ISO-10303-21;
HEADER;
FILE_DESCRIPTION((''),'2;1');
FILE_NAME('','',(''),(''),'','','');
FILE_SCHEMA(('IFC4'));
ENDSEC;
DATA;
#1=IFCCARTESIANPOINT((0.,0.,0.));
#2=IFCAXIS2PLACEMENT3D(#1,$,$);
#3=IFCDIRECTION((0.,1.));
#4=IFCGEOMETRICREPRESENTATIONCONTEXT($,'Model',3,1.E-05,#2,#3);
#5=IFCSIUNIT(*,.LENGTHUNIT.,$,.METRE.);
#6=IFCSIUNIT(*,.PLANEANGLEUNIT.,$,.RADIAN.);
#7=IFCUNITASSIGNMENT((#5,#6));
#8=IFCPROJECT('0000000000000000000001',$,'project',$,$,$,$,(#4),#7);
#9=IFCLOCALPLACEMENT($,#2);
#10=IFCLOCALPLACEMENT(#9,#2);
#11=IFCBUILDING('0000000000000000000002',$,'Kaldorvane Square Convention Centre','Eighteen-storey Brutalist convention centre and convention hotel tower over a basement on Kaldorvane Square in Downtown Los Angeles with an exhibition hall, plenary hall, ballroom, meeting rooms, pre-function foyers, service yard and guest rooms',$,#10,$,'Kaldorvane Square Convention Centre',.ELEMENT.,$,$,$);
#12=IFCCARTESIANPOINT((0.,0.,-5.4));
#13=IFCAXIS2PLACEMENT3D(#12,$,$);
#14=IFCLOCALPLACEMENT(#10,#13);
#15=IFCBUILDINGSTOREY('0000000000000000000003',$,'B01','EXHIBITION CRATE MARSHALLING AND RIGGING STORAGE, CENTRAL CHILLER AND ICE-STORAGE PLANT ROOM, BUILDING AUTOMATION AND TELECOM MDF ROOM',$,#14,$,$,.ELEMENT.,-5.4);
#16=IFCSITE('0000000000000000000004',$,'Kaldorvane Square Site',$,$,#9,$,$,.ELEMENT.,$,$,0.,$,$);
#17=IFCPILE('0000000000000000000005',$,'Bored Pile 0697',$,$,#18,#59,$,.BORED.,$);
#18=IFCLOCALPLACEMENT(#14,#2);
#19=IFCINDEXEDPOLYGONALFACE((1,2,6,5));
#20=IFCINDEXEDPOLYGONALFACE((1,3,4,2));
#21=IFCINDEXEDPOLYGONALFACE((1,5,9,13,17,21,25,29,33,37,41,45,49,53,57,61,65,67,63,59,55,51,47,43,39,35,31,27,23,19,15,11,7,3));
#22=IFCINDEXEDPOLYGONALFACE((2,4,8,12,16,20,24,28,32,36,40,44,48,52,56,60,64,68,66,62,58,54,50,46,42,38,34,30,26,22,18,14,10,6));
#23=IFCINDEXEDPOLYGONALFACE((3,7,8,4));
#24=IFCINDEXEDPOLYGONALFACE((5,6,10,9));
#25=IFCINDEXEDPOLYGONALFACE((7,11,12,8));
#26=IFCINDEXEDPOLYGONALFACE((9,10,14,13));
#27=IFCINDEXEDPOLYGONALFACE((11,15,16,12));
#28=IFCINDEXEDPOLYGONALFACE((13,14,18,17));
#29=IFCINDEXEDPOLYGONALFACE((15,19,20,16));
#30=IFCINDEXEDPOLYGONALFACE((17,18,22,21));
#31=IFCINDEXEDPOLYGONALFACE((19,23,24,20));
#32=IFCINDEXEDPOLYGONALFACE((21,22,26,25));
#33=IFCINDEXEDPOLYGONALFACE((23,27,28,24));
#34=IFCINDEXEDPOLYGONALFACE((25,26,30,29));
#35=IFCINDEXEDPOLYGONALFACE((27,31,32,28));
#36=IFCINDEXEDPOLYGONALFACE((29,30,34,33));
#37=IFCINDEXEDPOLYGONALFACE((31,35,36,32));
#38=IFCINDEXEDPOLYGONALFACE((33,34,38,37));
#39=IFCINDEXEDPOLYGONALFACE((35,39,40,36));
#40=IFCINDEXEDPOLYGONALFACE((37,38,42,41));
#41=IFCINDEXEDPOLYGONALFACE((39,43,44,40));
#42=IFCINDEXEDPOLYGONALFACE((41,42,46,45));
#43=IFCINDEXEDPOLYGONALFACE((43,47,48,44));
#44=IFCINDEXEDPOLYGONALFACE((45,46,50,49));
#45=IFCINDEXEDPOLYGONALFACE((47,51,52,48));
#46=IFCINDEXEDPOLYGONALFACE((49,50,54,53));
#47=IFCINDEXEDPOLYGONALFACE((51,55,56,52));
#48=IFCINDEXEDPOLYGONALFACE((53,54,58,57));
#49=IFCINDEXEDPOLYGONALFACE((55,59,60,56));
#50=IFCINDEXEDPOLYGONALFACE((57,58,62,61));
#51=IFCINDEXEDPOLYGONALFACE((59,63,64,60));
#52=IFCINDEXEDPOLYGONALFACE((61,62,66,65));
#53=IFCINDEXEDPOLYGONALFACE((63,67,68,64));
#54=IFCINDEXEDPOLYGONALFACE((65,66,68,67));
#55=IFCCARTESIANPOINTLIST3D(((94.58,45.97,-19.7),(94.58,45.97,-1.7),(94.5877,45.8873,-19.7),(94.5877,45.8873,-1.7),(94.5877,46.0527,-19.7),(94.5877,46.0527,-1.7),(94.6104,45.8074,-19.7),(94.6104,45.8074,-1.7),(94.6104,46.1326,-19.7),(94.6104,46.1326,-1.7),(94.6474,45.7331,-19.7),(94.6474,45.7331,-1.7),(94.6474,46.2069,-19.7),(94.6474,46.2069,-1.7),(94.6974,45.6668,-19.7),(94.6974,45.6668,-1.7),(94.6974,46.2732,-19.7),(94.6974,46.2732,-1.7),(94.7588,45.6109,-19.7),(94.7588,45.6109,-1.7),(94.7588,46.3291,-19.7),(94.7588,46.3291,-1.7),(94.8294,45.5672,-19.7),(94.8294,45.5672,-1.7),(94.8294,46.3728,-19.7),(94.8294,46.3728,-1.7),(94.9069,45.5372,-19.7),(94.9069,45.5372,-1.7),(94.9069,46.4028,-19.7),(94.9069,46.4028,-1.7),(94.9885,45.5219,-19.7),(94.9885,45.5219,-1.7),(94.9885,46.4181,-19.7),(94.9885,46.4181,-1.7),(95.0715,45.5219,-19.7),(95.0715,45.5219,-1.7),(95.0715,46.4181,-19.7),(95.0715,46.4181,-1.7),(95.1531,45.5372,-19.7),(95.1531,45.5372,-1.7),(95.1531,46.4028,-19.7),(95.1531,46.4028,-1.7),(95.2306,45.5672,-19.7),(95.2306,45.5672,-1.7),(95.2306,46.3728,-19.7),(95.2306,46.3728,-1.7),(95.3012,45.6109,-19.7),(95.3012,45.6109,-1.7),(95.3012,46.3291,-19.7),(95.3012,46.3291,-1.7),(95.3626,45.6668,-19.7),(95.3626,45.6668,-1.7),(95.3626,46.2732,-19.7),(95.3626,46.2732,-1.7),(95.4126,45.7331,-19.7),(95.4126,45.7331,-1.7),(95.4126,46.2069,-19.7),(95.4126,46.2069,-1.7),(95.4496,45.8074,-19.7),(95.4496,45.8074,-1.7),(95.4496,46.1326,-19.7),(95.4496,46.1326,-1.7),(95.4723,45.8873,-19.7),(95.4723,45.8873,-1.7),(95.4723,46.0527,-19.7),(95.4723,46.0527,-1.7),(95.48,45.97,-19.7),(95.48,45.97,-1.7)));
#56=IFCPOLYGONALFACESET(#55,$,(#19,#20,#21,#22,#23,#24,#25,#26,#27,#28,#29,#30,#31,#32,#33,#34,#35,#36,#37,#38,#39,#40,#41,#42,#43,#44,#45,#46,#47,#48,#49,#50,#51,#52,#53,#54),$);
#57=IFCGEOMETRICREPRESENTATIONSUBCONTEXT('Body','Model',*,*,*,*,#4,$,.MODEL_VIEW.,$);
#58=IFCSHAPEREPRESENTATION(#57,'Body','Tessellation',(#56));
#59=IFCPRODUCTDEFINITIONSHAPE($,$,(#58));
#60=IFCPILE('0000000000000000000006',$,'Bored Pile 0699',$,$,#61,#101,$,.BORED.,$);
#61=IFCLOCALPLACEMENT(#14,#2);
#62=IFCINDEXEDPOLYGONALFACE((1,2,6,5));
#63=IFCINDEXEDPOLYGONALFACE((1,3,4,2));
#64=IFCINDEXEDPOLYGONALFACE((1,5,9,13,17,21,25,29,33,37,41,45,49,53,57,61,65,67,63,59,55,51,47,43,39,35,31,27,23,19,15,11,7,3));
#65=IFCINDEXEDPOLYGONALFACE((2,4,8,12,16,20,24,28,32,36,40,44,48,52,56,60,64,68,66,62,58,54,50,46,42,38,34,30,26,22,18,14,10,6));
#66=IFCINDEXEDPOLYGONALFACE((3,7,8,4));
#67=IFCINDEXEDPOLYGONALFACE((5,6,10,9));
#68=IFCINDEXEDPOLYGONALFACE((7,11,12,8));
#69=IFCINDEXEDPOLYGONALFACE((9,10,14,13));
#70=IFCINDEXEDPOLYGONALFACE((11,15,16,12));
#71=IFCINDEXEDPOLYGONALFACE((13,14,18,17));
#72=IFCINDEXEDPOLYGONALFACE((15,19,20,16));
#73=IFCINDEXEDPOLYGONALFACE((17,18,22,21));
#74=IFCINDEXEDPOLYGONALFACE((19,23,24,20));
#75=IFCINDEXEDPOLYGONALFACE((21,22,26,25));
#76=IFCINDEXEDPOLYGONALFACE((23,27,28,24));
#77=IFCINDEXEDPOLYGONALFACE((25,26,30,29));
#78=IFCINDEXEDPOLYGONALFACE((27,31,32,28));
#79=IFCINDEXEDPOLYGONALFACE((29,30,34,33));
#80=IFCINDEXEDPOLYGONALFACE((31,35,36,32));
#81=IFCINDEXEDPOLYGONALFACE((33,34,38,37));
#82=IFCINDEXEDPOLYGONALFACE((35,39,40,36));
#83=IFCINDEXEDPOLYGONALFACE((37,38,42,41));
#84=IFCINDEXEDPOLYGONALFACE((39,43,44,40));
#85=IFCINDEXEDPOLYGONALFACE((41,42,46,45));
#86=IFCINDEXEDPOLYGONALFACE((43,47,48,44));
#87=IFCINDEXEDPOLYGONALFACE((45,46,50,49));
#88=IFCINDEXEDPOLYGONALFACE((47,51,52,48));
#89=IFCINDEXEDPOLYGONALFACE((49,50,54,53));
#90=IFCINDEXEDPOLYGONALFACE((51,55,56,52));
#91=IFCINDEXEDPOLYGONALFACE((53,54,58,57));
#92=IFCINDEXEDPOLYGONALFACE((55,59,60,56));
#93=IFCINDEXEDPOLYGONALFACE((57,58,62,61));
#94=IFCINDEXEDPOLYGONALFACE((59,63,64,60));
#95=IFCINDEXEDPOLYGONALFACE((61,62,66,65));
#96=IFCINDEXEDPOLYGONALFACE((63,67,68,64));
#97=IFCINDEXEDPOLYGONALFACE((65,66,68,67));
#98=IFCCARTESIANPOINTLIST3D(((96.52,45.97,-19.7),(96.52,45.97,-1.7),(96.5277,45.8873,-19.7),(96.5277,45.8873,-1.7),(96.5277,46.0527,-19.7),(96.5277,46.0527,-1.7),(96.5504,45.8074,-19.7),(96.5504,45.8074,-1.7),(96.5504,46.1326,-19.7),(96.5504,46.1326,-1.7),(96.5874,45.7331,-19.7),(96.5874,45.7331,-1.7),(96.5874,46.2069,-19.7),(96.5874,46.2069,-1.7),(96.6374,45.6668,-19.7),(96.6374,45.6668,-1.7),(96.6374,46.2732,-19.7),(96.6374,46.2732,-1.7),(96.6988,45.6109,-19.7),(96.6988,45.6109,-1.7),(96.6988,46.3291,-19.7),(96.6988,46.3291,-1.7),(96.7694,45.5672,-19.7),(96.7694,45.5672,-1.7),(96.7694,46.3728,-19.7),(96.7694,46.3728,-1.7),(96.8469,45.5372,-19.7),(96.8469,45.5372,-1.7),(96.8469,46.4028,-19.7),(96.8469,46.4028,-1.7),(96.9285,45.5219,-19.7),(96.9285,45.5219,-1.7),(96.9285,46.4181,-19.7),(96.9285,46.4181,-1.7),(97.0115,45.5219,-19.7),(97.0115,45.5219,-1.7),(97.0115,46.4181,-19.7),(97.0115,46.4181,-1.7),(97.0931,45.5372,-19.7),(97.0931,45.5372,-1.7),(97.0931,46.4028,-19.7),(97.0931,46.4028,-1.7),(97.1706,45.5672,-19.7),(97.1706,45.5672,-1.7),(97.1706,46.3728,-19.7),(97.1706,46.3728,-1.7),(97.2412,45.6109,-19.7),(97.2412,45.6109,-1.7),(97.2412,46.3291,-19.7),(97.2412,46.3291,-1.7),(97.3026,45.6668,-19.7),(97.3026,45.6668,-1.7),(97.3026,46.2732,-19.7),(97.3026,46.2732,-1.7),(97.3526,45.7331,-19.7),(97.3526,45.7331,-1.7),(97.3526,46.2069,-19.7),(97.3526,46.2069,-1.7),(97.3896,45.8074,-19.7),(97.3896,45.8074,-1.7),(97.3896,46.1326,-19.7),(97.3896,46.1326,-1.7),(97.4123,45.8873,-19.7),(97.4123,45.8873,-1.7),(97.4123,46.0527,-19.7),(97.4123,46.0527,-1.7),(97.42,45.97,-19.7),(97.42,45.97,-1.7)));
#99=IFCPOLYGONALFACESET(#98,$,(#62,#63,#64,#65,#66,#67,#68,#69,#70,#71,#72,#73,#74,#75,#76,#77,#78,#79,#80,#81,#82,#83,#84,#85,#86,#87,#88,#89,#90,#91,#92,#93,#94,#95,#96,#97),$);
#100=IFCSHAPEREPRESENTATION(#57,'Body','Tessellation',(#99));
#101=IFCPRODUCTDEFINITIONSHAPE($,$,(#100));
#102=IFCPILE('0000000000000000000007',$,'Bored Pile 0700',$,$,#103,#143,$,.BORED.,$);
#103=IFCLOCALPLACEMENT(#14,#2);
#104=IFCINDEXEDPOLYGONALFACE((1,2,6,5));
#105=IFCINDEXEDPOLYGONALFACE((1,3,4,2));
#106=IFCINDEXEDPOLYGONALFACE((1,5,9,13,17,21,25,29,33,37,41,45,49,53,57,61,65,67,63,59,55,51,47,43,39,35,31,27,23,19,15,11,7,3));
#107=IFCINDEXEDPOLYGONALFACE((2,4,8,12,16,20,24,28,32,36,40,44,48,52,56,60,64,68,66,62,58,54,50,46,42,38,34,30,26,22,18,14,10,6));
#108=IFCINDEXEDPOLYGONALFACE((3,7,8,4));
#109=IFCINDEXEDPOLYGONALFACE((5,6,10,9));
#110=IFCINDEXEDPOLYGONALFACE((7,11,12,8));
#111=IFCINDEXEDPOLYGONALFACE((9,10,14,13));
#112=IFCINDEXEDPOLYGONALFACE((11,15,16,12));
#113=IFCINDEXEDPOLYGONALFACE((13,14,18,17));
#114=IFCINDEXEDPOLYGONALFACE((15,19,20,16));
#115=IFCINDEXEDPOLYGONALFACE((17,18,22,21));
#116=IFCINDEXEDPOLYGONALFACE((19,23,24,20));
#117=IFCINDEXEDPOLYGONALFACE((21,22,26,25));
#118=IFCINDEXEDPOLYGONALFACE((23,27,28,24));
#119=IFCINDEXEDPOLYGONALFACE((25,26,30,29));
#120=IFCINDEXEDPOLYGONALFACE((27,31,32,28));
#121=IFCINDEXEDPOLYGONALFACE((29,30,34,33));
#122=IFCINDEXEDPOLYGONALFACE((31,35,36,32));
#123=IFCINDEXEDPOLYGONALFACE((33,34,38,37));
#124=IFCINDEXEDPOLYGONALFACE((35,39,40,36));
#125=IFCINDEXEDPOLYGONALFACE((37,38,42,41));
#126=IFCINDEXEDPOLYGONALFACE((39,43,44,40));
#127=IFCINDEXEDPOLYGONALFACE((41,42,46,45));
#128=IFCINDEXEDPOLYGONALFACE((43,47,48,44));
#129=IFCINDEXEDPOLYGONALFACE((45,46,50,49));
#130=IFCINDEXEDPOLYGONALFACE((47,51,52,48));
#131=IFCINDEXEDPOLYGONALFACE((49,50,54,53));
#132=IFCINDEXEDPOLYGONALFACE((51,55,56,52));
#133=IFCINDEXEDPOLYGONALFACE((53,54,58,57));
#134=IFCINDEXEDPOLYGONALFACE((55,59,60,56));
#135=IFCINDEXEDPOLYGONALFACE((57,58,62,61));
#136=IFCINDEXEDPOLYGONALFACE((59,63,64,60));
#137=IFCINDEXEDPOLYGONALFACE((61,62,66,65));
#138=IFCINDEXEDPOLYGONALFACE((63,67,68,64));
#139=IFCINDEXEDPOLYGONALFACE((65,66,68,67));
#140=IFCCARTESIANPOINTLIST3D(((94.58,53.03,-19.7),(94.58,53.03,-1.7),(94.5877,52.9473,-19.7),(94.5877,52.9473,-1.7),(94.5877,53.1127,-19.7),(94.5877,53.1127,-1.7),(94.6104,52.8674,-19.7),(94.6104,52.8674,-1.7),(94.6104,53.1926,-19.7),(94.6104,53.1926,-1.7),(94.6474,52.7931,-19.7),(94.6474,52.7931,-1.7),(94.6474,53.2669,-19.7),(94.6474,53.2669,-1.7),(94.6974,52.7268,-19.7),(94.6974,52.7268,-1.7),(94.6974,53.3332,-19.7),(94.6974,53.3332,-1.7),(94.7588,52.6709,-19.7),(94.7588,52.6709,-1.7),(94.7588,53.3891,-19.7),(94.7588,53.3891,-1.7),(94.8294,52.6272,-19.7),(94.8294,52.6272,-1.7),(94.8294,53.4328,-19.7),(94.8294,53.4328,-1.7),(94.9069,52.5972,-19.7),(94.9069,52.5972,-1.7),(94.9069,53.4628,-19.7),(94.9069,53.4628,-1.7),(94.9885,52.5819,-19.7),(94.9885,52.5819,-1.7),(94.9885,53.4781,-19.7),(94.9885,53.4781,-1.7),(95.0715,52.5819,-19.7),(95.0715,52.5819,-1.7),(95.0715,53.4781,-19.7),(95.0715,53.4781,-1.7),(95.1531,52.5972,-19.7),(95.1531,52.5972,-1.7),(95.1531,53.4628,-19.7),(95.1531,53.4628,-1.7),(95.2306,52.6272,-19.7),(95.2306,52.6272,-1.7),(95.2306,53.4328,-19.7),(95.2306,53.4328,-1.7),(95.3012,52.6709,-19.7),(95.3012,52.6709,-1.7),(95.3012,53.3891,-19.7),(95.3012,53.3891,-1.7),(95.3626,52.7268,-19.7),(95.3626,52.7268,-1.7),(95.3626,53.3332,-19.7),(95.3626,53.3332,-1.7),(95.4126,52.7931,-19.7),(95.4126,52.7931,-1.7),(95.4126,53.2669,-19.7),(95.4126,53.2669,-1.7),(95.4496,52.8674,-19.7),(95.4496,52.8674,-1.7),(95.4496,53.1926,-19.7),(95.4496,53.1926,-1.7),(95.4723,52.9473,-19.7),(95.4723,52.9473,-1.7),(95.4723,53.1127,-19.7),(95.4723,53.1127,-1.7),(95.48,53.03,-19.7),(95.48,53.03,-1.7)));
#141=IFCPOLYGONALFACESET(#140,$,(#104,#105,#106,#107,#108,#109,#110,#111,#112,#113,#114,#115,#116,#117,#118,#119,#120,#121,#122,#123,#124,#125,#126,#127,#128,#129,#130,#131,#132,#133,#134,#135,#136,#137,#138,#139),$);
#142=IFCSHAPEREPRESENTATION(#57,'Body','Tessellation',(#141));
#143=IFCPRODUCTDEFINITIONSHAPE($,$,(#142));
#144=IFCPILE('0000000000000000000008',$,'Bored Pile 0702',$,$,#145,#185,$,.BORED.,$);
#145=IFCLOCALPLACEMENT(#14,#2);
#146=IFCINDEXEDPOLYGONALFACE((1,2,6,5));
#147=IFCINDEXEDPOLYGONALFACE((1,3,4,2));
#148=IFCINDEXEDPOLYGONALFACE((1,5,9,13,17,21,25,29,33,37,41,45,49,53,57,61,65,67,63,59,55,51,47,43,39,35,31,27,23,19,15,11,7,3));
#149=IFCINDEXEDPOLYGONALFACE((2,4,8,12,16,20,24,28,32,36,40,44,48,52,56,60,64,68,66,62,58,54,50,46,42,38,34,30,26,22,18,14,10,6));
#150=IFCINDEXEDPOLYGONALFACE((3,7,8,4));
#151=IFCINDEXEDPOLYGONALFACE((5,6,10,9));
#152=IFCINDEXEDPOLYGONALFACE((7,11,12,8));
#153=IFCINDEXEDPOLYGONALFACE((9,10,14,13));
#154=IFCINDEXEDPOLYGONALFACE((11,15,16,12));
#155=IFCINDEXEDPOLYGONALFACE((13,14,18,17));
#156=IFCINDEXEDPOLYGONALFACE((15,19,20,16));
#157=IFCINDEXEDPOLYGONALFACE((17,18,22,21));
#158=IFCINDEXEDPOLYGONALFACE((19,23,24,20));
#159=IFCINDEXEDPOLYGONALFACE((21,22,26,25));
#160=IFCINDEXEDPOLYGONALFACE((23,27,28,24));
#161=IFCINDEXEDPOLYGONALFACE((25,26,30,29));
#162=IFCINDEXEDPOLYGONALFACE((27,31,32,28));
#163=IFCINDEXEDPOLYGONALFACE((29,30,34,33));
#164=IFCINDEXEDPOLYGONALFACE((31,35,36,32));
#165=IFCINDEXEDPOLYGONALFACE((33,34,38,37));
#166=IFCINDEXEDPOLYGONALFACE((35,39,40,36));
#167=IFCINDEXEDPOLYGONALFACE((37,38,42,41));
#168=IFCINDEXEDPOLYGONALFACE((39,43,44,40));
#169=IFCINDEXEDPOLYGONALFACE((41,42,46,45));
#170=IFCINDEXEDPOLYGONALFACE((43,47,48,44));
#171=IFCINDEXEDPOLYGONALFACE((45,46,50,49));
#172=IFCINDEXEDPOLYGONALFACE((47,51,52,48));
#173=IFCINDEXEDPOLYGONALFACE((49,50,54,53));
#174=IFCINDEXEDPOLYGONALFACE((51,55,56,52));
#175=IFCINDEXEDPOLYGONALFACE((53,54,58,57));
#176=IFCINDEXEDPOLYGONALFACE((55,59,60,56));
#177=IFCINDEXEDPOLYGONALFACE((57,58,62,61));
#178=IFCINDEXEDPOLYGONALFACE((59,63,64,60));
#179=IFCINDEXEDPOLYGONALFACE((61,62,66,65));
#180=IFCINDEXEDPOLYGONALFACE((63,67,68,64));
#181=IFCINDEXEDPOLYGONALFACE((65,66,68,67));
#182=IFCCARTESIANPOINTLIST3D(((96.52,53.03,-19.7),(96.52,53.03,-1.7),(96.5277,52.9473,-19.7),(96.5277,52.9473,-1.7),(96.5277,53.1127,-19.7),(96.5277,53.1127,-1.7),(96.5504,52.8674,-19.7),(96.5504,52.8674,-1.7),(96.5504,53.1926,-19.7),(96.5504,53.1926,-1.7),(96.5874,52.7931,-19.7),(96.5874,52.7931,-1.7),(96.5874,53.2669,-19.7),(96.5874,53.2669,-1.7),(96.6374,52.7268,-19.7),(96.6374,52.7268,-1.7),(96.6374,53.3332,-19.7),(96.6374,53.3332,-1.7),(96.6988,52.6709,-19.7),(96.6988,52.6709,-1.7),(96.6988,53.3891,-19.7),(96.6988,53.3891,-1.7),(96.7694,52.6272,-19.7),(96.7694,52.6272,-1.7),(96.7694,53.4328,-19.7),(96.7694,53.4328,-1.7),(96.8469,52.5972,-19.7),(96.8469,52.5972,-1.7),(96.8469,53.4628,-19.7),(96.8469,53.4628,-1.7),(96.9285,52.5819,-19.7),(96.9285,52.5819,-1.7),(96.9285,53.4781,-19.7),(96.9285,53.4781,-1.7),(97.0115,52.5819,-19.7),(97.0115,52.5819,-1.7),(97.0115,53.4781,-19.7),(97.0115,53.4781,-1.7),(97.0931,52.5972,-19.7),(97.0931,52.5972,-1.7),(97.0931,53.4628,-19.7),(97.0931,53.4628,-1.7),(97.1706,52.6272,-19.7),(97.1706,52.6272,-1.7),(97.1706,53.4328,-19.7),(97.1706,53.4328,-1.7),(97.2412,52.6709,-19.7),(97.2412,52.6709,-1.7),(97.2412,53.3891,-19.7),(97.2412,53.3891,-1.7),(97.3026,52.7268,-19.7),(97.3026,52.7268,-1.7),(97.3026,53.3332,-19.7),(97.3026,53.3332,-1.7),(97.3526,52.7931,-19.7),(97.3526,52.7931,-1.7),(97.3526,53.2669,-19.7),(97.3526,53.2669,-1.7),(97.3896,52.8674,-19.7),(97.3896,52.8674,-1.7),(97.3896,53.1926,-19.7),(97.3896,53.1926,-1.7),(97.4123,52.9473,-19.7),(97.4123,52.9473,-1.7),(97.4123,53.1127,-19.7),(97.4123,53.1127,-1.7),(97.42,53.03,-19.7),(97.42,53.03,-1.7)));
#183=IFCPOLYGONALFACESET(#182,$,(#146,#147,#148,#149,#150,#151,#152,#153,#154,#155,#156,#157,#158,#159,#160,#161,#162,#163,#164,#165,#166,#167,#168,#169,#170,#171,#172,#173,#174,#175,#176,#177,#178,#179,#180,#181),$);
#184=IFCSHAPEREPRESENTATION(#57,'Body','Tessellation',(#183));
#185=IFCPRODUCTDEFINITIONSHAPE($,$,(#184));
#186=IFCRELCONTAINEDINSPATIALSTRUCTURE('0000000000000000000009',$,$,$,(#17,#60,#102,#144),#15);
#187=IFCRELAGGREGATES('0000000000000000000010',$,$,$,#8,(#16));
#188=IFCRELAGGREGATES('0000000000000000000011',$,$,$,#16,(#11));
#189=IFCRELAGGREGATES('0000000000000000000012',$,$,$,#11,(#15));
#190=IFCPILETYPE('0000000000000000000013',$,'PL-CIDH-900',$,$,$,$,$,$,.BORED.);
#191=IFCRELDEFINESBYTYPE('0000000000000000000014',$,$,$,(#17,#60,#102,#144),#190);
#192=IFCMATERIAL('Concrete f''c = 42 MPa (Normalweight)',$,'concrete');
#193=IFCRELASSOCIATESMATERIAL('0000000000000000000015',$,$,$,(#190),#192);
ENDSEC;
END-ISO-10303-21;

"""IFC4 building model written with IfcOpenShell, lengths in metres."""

from ifc_helpers import new_model, si_unit, direction, frame, origin, origin_2d, place, context, subcontext, project, spatial, circle, extrude, material, material_profile, profile_set, type_object, element, save


model = new_model("IFC4")

# Units and contexts
model_context = context("Model", 3, precision=1e-05, world=origin(), true_north=direction((0.0, 1.0)))
body_context = subcontext(model_context, "Body", "Model", "MODEL_VIEW")
ifc_project = project(units=[si_unit("LENGTHUNIT", "METRE"), si_unit("PLANEANGLEUNIT", "RADIAN")], contexts=[model_context])

# Site, building, storey
site_placement = place(None, origin())
site = spatial("IfcSite", under=ifc_project, at=site_placement, Name="Kaldorvane Square Site", CompositionType="ELEMENT", RefElevation=0.0)
building_placement = place(site_placement, origin())
building = spatial("IfcBuilding", under=site, at=building_placement, Name="Kaldorvane Square Convention Centre", Description="Eighteen-storey Brutalist convention centre and convention hotel tower over a basement on Kaldorvane Square in Downtown Los Angeles with an exhibition hall, plenary hall, ballroom, meeting rooms, pre-function foyers, service yard and guest rooms", LongName="Kaldorvane Square Convention Centre", CompositionType="ELEMENT")
storey_placement = place(building_placement, frame((0.0, 0.0, -5.4)))
storey = spatial("IfcBuildingStorey", under=building, at=storey_placement, Name="B01", Description="EXHIBITION CRATE MARSHALLING AND RIGGING STORAGE, CENTRAL CHILLER AND ICE-STORAGE PLANT ROOM, BUILDING AUTOMATION AND TELECOM MDF ROOM", CompositionType="ELEMENT", Elevation=-5.4)

# Shared definitions
ifc_material_1 = material(Name="Concrete f'c = 42 MPa (Normalweight)", Category="concrete")

# Piles
ifc_material_profile_1 = material_profile(ifc_material_1, circle(Radius=0.45, at=origin_2d()), Name="PILE-D900")
ifc_profile_set_1 = profile_set([ifc_material_profile_1], Name="Concrete f'c = 42 MPa (Normalweight)")
pile_type = type_object("IfcPileType", Name="PL-CIDH-900", PredefinedType="BORED", material=ifc_profile_set_1)
for number, where, z_axis, x_axis, name in (
    (1, (95.03, 45.97, -1.7), (0.0, 0.0, -1.0), (1.0, 0.0, 0.0), "Bored Pile 0697"),
    (2, (96.97, 45.97, -1.7), (0.0, 0.0, -1.0), (1.0, 0.0, 0.0), "Bored Pile 0699"),
    (3, (95.03, 53.03, -1.7), (0.0, 0.0, -1.0), (1.0, 0.0, 0.0), "Bored Pile 0700"),
    (4, (96.97, 53.03, -1.7), (0.0, 0.0, -1.0), (1.0, 0.0, 0.0), "Bored Pile 0702"),
):
    element("IfcPile", number, at=place(storey_placement, frame(where, z_axis=z_axis, x_axis=x_axis)), inside=storey, type_object=pile_type, Name=name, PredefinedType="BORED", context=body_context, shape_type="SweptSolid", body=[
        extrude(circle(Radius=0.45, at=origin_2d()), origin(), (0.0, 0.0, 1.0), 18.0),
    ])

save(model, "model.ifc")
